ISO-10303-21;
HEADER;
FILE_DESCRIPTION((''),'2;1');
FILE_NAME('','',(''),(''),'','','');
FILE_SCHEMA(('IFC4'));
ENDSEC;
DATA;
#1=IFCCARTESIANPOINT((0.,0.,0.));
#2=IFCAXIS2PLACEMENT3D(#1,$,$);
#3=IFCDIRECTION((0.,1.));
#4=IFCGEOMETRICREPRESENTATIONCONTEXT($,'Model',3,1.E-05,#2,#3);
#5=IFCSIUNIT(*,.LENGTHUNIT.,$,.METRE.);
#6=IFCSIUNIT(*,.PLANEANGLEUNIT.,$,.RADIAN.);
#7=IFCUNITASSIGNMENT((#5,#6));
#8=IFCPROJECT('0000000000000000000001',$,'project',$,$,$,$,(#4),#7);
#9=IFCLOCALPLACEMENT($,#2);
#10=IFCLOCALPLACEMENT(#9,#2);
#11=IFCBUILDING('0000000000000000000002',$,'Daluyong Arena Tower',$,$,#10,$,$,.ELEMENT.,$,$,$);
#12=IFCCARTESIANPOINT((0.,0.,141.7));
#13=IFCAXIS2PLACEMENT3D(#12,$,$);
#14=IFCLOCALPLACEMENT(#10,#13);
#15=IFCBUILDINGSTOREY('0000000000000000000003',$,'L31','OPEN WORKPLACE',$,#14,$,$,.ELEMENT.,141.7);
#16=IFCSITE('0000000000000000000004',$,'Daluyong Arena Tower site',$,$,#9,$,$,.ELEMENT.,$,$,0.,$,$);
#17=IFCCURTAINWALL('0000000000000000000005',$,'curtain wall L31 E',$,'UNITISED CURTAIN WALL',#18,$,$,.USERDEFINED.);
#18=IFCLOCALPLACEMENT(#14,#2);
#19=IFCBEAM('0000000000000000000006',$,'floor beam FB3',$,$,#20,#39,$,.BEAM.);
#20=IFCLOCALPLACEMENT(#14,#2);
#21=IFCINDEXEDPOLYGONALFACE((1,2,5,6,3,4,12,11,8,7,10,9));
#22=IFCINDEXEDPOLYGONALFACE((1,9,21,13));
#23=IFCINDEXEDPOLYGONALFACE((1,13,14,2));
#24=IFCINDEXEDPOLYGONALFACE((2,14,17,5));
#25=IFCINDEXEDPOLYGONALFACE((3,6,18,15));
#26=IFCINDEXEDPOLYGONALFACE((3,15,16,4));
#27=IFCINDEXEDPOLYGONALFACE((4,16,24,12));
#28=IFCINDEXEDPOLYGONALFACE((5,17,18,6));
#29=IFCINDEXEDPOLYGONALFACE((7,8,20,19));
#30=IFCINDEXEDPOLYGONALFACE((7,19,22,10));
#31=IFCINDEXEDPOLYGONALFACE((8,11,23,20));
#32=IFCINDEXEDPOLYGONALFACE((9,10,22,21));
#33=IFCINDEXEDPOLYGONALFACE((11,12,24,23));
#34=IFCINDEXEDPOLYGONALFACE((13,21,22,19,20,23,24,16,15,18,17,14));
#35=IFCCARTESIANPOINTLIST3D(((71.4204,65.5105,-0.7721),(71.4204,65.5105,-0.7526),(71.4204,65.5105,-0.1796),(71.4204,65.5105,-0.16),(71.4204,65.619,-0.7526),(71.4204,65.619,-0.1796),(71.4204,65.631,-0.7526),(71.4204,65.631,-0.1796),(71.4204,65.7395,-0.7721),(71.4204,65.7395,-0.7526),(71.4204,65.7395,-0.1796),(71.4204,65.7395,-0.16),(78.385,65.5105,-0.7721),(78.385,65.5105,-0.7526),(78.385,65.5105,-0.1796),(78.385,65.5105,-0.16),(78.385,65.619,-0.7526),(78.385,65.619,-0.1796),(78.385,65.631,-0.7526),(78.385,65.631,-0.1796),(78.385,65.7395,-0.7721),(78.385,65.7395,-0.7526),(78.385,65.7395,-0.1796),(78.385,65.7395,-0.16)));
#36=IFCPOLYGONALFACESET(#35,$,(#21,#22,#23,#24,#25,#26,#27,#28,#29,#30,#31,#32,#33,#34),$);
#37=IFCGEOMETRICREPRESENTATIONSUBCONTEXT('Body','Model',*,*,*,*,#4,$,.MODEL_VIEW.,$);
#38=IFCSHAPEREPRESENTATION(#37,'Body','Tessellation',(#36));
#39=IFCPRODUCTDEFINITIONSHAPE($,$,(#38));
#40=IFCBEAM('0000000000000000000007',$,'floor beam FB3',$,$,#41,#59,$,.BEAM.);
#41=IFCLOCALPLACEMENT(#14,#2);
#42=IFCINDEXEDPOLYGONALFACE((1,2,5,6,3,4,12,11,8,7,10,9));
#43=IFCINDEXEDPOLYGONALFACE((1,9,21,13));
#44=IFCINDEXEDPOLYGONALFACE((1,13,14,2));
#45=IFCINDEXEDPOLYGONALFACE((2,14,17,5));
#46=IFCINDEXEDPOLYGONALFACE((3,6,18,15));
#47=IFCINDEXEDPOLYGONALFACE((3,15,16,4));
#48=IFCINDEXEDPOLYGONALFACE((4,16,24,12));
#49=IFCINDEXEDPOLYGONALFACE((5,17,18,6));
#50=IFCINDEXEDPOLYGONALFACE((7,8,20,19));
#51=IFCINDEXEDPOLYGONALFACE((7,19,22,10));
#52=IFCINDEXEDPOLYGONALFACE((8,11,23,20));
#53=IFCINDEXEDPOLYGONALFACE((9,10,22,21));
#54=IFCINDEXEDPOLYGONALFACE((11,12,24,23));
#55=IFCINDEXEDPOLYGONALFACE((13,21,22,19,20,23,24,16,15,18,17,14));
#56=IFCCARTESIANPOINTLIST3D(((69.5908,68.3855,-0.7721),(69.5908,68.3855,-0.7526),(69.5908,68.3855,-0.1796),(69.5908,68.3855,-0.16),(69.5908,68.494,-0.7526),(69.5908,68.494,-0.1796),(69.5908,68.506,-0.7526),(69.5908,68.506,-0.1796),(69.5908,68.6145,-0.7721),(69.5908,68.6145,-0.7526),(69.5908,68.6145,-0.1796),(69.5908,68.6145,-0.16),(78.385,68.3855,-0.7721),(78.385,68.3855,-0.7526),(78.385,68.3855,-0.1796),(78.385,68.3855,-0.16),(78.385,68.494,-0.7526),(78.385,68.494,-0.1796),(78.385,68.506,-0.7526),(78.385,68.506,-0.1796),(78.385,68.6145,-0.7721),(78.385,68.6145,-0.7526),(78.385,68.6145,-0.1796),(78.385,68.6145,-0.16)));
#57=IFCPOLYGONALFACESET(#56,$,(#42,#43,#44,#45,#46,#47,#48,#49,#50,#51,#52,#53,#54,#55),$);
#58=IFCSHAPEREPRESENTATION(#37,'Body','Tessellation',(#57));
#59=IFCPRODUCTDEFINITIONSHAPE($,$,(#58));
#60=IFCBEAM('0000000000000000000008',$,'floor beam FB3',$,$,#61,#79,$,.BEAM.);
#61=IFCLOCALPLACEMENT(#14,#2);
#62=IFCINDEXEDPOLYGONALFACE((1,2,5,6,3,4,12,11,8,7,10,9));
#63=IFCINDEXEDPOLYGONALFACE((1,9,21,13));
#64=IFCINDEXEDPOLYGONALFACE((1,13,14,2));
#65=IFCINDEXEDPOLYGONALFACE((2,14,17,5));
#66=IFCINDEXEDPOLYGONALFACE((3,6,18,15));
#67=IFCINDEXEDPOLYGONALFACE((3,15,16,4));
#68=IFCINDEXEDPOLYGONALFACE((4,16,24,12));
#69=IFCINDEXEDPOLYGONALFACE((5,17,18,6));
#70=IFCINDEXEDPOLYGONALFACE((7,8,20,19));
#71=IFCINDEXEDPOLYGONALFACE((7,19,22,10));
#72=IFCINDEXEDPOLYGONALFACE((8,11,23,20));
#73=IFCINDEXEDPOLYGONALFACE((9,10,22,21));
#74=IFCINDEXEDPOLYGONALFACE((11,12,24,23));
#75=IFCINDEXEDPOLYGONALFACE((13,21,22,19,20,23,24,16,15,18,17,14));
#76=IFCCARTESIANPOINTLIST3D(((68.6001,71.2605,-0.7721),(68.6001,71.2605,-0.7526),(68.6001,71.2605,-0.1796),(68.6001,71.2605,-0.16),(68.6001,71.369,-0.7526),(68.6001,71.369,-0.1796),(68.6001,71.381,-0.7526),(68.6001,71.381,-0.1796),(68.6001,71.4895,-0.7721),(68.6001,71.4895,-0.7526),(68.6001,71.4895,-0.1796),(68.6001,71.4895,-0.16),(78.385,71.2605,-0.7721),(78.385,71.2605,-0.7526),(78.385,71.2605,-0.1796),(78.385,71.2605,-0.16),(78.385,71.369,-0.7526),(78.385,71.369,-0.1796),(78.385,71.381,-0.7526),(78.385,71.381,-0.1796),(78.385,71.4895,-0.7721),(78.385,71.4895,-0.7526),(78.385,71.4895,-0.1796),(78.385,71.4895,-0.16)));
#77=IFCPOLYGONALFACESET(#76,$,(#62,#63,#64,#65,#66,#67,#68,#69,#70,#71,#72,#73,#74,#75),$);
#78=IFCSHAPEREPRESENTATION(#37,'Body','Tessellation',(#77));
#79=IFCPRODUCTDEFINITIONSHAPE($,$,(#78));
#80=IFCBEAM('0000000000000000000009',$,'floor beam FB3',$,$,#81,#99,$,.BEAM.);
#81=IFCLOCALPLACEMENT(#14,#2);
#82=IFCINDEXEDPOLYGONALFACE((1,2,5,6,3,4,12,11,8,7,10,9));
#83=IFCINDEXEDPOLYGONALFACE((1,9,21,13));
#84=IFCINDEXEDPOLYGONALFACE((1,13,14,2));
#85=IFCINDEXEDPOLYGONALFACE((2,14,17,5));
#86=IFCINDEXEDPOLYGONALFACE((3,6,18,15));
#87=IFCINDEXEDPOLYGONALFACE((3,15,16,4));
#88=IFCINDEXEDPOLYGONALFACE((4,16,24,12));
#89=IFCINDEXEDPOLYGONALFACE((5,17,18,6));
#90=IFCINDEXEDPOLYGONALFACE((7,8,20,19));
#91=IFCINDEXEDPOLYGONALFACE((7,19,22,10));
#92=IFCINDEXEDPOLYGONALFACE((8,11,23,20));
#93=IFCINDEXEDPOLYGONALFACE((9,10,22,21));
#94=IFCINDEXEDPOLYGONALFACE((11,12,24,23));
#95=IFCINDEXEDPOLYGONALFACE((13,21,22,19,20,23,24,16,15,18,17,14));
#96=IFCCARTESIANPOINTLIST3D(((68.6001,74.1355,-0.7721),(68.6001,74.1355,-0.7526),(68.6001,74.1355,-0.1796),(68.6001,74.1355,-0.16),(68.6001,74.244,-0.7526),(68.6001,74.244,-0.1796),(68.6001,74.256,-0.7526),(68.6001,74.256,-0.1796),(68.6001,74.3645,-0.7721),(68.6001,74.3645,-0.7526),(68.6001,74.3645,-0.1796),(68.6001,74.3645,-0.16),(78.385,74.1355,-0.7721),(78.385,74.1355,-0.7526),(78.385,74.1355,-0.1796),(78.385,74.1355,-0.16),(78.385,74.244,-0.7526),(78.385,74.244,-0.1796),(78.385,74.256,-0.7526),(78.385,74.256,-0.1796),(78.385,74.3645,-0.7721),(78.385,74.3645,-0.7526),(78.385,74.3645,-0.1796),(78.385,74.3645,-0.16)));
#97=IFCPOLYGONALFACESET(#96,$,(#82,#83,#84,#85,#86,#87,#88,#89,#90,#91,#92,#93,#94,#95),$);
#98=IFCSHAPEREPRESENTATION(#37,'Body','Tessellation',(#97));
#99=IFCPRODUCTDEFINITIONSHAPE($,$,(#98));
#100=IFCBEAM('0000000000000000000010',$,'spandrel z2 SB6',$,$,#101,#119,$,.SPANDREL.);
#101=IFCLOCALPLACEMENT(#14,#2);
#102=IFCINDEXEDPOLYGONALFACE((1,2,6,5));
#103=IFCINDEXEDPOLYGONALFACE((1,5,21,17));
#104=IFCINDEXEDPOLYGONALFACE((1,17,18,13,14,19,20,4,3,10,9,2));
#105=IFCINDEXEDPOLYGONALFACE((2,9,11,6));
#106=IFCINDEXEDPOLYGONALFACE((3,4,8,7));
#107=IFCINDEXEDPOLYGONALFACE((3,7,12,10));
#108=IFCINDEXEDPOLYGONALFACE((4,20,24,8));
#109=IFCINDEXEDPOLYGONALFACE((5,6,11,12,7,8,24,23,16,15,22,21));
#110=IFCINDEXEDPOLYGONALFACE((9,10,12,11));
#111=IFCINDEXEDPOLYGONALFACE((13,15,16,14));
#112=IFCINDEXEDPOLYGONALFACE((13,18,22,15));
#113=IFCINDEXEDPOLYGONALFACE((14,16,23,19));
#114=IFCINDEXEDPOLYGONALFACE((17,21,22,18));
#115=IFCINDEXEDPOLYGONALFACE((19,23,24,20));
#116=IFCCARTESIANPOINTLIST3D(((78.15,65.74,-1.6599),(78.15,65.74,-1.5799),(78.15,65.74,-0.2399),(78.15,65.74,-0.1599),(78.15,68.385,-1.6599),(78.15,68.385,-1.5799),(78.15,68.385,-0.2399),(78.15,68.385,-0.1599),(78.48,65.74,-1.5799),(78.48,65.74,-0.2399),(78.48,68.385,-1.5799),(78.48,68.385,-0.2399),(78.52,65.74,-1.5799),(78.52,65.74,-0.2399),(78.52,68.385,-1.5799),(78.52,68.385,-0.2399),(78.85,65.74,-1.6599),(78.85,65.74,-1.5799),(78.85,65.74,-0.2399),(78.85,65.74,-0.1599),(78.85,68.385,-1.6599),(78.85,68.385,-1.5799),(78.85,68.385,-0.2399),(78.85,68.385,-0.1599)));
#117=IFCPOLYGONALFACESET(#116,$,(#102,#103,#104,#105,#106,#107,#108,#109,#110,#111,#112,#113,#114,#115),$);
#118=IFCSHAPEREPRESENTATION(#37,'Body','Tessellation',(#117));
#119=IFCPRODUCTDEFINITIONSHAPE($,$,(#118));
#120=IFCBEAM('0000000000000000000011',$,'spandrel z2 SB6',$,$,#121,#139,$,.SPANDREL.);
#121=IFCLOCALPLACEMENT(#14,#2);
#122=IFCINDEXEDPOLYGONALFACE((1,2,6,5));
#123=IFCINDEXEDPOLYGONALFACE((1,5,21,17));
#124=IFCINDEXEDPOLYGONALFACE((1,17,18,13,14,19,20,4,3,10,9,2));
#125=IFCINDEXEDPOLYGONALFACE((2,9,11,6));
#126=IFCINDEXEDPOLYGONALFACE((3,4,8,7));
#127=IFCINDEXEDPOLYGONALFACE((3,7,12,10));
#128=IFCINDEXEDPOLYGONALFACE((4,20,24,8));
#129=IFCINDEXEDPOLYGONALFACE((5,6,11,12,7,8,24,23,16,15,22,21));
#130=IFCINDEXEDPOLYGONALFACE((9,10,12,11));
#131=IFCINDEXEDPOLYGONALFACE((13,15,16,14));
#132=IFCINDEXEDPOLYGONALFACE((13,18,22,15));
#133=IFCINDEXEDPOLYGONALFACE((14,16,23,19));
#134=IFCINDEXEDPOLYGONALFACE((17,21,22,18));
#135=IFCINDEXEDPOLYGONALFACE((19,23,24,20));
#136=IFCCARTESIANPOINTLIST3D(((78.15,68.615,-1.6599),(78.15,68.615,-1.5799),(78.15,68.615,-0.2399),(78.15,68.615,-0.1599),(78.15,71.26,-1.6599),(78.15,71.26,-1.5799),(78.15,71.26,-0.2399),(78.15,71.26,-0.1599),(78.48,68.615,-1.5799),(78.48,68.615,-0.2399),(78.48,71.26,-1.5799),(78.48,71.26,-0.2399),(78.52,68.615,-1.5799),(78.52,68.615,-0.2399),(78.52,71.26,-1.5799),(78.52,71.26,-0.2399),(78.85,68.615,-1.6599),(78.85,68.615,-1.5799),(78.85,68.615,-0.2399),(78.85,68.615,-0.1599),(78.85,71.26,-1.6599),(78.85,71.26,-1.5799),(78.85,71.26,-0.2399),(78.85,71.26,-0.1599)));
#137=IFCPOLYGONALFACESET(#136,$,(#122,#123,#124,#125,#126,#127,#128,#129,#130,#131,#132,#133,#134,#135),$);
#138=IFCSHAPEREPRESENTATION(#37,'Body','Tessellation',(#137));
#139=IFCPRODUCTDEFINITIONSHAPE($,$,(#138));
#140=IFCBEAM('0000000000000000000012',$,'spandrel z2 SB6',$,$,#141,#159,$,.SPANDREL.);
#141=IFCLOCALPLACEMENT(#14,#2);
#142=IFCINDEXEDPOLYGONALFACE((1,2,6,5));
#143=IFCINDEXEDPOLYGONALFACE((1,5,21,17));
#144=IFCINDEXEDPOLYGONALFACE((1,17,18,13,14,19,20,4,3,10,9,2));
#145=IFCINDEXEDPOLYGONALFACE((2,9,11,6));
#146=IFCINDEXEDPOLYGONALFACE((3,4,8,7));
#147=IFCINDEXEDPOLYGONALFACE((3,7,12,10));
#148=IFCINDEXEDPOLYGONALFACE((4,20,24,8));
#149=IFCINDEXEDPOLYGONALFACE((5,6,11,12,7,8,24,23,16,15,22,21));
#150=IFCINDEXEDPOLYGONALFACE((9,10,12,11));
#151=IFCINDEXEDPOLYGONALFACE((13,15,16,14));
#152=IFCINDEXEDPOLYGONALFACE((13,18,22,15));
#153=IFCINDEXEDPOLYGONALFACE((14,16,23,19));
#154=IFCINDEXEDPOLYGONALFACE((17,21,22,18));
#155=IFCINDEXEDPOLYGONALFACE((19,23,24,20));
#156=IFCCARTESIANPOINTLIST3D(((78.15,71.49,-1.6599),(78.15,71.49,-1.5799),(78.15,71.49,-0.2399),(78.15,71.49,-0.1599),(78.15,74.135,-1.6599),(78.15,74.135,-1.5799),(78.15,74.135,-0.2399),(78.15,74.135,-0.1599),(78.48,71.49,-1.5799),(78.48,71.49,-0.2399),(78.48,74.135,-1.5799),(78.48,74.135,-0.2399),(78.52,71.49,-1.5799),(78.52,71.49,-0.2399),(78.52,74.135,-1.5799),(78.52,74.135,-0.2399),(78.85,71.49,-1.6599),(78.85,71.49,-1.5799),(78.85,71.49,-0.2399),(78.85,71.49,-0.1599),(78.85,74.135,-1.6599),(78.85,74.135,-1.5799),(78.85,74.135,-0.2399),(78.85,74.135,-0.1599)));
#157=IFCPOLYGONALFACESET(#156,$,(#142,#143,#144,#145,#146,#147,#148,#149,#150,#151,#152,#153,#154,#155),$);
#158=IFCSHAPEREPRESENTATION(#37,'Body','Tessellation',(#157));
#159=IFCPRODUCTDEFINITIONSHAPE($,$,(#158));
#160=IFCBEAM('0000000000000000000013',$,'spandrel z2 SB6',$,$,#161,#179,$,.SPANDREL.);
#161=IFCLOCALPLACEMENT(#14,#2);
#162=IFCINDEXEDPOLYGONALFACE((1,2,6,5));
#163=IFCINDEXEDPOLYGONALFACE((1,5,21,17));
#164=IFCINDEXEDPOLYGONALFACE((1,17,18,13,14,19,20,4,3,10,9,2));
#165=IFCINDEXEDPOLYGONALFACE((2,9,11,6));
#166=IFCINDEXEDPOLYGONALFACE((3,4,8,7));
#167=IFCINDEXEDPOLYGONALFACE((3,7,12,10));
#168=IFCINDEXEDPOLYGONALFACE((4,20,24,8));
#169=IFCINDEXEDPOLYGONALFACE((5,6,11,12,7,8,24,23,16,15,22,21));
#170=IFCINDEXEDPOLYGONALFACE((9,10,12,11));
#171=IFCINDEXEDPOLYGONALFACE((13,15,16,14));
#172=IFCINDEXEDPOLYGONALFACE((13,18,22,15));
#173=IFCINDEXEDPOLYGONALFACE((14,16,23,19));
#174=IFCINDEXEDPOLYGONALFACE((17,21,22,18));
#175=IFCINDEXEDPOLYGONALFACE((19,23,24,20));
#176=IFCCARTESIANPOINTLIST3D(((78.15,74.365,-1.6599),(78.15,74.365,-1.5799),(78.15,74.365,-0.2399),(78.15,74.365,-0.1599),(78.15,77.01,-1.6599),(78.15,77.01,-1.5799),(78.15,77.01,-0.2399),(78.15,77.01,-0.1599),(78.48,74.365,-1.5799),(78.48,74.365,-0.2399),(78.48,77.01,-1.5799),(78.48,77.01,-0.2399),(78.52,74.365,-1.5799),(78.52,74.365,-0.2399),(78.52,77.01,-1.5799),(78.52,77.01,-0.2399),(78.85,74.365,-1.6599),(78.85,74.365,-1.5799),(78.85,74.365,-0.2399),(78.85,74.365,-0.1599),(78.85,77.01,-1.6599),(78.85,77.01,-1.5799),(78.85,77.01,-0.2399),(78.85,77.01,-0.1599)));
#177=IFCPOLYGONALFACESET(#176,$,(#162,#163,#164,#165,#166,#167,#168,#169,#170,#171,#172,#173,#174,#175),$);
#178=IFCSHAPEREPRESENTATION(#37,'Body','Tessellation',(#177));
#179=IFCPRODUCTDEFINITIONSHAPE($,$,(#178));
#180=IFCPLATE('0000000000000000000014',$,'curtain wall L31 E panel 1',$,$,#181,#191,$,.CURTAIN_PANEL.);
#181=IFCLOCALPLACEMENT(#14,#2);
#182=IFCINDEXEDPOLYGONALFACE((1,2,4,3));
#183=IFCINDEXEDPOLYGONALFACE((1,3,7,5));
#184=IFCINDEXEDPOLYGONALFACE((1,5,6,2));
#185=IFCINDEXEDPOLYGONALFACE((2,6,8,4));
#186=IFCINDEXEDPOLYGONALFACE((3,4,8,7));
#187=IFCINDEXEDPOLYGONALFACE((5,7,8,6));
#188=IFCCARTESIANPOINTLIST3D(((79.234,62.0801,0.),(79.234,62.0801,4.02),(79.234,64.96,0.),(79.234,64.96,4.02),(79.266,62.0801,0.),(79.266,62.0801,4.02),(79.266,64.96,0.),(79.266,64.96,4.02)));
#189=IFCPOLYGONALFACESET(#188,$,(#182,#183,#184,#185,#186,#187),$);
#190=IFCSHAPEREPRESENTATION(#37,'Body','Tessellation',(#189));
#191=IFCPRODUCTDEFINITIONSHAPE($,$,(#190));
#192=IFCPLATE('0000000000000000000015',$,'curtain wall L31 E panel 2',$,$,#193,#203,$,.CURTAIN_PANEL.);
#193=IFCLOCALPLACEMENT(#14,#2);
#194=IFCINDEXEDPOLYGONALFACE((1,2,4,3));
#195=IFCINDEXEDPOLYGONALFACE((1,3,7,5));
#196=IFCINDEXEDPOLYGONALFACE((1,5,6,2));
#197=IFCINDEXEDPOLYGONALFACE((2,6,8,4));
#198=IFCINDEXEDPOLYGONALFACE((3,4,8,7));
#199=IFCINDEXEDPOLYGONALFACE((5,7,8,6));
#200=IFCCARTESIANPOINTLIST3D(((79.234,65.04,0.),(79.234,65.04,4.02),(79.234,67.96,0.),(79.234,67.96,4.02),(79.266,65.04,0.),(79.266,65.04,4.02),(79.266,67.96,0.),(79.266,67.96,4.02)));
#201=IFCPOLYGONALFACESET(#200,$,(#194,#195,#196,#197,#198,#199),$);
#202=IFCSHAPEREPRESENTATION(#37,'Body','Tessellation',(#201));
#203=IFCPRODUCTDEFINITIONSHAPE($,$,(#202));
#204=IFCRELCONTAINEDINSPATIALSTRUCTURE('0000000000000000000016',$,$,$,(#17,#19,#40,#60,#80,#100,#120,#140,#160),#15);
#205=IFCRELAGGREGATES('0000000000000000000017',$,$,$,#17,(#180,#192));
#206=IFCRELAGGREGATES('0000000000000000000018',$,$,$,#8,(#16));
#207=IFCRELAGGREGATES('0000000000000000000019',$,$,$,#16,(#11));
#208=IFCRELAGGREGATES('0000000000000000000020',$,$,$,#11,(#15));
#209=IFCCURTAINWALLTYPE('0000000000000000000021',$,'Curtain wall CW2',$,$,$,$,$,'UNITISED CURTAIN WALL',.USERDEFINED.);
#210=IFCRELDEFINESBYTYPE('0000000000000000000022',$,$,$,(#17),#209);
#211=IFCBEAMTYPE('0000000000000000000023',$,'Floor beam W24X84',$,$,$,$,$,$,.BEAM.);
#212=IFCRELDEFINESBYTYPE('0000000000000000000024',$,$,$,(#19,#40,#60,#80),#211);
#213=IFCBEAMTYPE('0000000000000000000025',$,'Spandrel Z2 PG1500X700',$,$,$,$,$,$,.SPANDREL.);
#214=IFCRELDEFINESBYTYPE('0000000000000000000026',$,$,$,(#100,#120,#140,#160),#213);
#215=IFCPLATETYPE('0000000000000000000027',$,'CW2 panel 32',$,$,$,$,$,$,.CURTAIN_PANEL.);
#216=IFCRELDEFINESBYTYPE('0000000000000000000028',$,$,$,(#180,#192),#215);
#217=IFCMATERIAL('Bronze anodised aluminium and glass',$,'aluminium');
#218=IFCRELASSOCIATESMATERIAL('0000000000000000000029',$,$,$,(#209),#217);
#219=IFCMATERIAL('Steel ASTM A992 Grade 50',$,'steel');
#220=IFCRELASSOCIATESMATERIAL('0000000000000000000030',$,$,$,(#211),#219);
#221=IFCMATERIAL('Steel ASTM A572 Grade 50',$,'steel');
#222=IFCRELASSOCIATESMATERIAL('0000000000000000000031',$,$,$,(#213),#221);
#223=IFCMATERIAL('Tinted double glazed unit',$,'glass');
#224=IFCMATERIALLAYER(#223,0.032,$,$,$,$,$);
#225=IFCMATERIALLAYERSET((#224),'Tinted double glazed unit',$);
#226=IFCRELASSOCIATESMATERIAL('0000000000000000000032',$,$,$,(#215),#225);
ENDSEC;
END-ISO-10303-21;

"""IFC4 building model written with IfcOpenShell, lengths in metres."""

from ifc_helpers import new_model, si_unit, direction, frame, origin, origin_2d, place, context, subcontext, project, spatial, rectangle, i_section, extrude, material, layer, layer_set, material_profile, profile_set, type_object, element, aggregate, save


model = new_model("IFC4")

# Units and contexts
model_context = context("Model", 3, precision=1e-05, world=origin(), true_north=direction((0.0, 1.0)))
body_context = subcontext(model_context, "Body", "Model", "MODEL_VIEW")
ifc_project = project(units=[si_unit("LENGTHUNIT", "METRE"), si_unit("PLANEANGLEUNIT", "RADIAN")], contexts=[model_context])

# Site, building, storey
site_placement = place(None, origin())
site = spatial("IfcSite", under=ifc_project, at=site_placement, Name="Daluyong Arena Tower site", CompositionType="ELEMENT", RefElevation=0.0)
building_placement = place(site_placement, origin())
building = spatial("IfcBuilding", under=site, at=building_placement, Name="Daluyong Arena Tower", CompositionType="ELEMENT")
storey_placement = place(building_placement, frame((0.0, 0.0, 141.7)))
storey = spatial("IfcBuildingStorey", under=building, at=storey_placement, Name="L31", Description="OPEN WORKPLACE", CompositionType="ELEMENT", Elevation=141.7)

# Curtain wall
ifc_material_1 = material(Name="Bronze anodised aluminium and glass", Category="aluminium")
curtain_wall_type = type_object("IfcCurtainWallType", Name="Curtain wall CW2", ElementType="UNITISED CURTAIN WALL", PredefinedType="USERDEFINED", material=ifc_material_1)
curtain_wall_placement = place(storey_placement, origin())
curtain_wall = element("IfcCurtainWall", 1, at=curtain_wall_placement, inside=storey, type_object=curtain_wall_type, Name="curtain wall L31 E", ObjectType="UNITISED CURTAIN WALL", PredefinedType="USERDEFINED")

# Beams
ifc_material_2 = material(Name="Steel ASTM A992 Grade 50", Category="steel")
ifc_material_profile_1 = material_profile(ifc_material_2, i_section(OverallWidth=0.229, OverallDepth=0.6121, WebThickness=0.012, FlangeThickness=0.0195, at=origin_2d()))
ifc_profile_set_1 = profile_set([ifc_material_profile_1], Name="Steel ASTM A992 Grade 50")
beam_type_1 = type_object("IfcBeamType", Name="Floor beam W24X84", PredefinedType="BEAM", material=ifc_profile_set_1)
beam_1_placement = place(storey_placement, frame((78.385, 65.625, -0.4661), z_axis=(-1.0, 0.0, 0.0), x_axis=(0.0, -1.0, 0.0)))
element("IfcBeam", 2, at=beam_1_placement, inside=storey, type_object=beam_type_1, Name="floor beam FB3", PredefinedType="BEAM", context=body_context, shape_type="SweptSolid", body=[
    extrude(i_section(OverallWidth=0.229, OverallDepth=0.6121, WebThickness=0.012, FlangeThickness=0.0195, at=origin_2d()), origin(), (0.0, 0.0, 1.0), 6.9646),
])
beam_2_placement = place(storey_placement, frame((78.385, 68.5, -0.4661), z_axis=(-1.0, 0.0, 0.0), x_axis=(0.0, -1.0, 0.0)))
element("IfcBeam", 3, at=beam_2_placement, inside=storey, type_object=beam_type_1, Name="floor beam FB3", PredefinedType="BEAM", context=body_context, shape_type="SweptSolid", body=[
    extrude(i_section(OverallWidth=0.229, OverallDepth=0.6121, WebThickness=0.012, FlangeThickness=0.0195, at=origin_2d()), origin(), (0.0, 0.0, 1.0), 8.7942),
])
for number, where, z_axis, x_axis, name in (
    (4, (78.385, 71.375, -0.4661), (-1.0, 0.0, 0.0), (0.0, -1.0, 0.0), "floor beam FB3"),
    (5, (78.385, 74.25, -0.4661), (-1.0, 0.0, 0.0), (0.0, -1.0, 0.0), "floor beam FB3"),
):
    element("IfcBeam", number, at=place(storey_placement, frame(where, z_axis=z_axis, x_axis=x_axis)), inside=storey, type_object=beam_type_1, Name=name, PredefinedType="BEAM", context=body_context, shape_type="SweptSolid", body=[
        extrude(i_section(OverallWidth=0.229, OverallDepth=0.6121, WebThickness=0.012, FlangeThickness=0.0195, at=origin_2d()), origin(), (0.0, 0.0, 1.0), 9.7849),
    ])
ifc_material_3 = material(Name="Steel ASTM A572 Grade 50", Category="steel")
ifc_material_profile_2 = material_profile(ifc_material_3, i_section(OverallWidth=0.7, OverallDepth=1.5, WebThickness=0.04, FlangeThickness=0.08, at=origin_2d()))
ifc_profile_set_2 = profile_set([ifc_material_profile_2], Name="Steel ASTM A572 Grade 50")
beam_type_2 = type_object("IfcBeamType", Name="Spandrel Z2 PG1500X700", PredefinedType="SPANDREL", material=ifc_profile_set_2)
for number, where, z_axis, x_axis, name in (
    (6, (78.5, 65.74, -0.9099), (0.0, 1.0, 0.0), (-1.0, 0.0, 0.0), "spandrel z2 SB6"),
    (7, (78.5, 68.615, -0.9099), (0.0, 1.0, 0.0), (-1.0, 0.0, 0.0), "spandrel z2 SB6"),
    (8, (78.5, 71.49, -0.9099), (0.0, 1.0, 0.0), (-1.0, 0.0, 0.0), "spandrel z2 SB6"),
    (9, (78.5, 74.365, -0.9099), (0.0, 1.0, 0.0), (-1.0, 0.0, 0.0), "spandrel z2 SB6"),
):
    element("IfcBeam", number, at=place(storey_placement, frame(where, z_axis=z_axis, x_axis=x_axis)), inside=storey, type_object=beam_type_2, Name=name, PredefinedType="SPANDREL", context=body_context, shape_type="SweptSolid", body=[
        extrude(i_section(OverallWidth=0.7, OverallDepth=1.5, WebThickness=0.04, FlangeThickness=0.08, at=origin_2d()), origin(), (0.0, 0.0, 1.0), 2.645),
    ])

# Plates
ifc_material_4 = material(Name="Tinted double glazed unit", Category="glass")
ifc_layer_1 = layer(ifc_material_4, 0.032)
ifc_layer_set_1 = layer_set([ifc_layer_1], Name="Tinted double glazed unit")
plate_type = type_object("IfcPlateType", Name="CW2 panel 32", PredefinedType="CURTAIN_PANEL", material=ifc_layer_set_1)
plate_1_placement = place(storey_placement, frame((79.25, 63.52, 0.0), z_axis=(0.0, 0.0, 1.0), x_axis=(0.0, 1.0, 0.0)))
plate_1 = element("IfcPlate", 10, at=plate_1_placement, type_object=plate_type, Name="curtain wall L31 E panel 1", PredefinedType="CURTAIN_PANEL", context=body_context, shape_type="SweptSolid", body=[
    extrude(rectangle(XDim=2.8799, YDim=0.032, at=origin_2d()), origin(), (0.0, 0.0, 1.0), 4.02),
])
plate_2_placement = place(storey_placement, frame((79.25, 66.5, 0.0), z_axis=(0.0, 0.0, 1.0), x_axis=(0.0, 1.0, 0.0)))
plate_2 = element("IfcPlate", 11, at=plate_2_placement, type_object=plate_type, Name="curtain wall L31 E panel 2", PredefinedType="CURTAIN_PANEL", context=body_context, shape_type="SweptSolid", body=[
    extrude(rectangle(XDim=2.9199, YDim=0.032, at=origin_2d()), origin(), (0.0, 0.0, 1.0), 4.02),
])
aggregate(curtain_wall, [plate_1, plate_2])

save(model, "model.ifc")
